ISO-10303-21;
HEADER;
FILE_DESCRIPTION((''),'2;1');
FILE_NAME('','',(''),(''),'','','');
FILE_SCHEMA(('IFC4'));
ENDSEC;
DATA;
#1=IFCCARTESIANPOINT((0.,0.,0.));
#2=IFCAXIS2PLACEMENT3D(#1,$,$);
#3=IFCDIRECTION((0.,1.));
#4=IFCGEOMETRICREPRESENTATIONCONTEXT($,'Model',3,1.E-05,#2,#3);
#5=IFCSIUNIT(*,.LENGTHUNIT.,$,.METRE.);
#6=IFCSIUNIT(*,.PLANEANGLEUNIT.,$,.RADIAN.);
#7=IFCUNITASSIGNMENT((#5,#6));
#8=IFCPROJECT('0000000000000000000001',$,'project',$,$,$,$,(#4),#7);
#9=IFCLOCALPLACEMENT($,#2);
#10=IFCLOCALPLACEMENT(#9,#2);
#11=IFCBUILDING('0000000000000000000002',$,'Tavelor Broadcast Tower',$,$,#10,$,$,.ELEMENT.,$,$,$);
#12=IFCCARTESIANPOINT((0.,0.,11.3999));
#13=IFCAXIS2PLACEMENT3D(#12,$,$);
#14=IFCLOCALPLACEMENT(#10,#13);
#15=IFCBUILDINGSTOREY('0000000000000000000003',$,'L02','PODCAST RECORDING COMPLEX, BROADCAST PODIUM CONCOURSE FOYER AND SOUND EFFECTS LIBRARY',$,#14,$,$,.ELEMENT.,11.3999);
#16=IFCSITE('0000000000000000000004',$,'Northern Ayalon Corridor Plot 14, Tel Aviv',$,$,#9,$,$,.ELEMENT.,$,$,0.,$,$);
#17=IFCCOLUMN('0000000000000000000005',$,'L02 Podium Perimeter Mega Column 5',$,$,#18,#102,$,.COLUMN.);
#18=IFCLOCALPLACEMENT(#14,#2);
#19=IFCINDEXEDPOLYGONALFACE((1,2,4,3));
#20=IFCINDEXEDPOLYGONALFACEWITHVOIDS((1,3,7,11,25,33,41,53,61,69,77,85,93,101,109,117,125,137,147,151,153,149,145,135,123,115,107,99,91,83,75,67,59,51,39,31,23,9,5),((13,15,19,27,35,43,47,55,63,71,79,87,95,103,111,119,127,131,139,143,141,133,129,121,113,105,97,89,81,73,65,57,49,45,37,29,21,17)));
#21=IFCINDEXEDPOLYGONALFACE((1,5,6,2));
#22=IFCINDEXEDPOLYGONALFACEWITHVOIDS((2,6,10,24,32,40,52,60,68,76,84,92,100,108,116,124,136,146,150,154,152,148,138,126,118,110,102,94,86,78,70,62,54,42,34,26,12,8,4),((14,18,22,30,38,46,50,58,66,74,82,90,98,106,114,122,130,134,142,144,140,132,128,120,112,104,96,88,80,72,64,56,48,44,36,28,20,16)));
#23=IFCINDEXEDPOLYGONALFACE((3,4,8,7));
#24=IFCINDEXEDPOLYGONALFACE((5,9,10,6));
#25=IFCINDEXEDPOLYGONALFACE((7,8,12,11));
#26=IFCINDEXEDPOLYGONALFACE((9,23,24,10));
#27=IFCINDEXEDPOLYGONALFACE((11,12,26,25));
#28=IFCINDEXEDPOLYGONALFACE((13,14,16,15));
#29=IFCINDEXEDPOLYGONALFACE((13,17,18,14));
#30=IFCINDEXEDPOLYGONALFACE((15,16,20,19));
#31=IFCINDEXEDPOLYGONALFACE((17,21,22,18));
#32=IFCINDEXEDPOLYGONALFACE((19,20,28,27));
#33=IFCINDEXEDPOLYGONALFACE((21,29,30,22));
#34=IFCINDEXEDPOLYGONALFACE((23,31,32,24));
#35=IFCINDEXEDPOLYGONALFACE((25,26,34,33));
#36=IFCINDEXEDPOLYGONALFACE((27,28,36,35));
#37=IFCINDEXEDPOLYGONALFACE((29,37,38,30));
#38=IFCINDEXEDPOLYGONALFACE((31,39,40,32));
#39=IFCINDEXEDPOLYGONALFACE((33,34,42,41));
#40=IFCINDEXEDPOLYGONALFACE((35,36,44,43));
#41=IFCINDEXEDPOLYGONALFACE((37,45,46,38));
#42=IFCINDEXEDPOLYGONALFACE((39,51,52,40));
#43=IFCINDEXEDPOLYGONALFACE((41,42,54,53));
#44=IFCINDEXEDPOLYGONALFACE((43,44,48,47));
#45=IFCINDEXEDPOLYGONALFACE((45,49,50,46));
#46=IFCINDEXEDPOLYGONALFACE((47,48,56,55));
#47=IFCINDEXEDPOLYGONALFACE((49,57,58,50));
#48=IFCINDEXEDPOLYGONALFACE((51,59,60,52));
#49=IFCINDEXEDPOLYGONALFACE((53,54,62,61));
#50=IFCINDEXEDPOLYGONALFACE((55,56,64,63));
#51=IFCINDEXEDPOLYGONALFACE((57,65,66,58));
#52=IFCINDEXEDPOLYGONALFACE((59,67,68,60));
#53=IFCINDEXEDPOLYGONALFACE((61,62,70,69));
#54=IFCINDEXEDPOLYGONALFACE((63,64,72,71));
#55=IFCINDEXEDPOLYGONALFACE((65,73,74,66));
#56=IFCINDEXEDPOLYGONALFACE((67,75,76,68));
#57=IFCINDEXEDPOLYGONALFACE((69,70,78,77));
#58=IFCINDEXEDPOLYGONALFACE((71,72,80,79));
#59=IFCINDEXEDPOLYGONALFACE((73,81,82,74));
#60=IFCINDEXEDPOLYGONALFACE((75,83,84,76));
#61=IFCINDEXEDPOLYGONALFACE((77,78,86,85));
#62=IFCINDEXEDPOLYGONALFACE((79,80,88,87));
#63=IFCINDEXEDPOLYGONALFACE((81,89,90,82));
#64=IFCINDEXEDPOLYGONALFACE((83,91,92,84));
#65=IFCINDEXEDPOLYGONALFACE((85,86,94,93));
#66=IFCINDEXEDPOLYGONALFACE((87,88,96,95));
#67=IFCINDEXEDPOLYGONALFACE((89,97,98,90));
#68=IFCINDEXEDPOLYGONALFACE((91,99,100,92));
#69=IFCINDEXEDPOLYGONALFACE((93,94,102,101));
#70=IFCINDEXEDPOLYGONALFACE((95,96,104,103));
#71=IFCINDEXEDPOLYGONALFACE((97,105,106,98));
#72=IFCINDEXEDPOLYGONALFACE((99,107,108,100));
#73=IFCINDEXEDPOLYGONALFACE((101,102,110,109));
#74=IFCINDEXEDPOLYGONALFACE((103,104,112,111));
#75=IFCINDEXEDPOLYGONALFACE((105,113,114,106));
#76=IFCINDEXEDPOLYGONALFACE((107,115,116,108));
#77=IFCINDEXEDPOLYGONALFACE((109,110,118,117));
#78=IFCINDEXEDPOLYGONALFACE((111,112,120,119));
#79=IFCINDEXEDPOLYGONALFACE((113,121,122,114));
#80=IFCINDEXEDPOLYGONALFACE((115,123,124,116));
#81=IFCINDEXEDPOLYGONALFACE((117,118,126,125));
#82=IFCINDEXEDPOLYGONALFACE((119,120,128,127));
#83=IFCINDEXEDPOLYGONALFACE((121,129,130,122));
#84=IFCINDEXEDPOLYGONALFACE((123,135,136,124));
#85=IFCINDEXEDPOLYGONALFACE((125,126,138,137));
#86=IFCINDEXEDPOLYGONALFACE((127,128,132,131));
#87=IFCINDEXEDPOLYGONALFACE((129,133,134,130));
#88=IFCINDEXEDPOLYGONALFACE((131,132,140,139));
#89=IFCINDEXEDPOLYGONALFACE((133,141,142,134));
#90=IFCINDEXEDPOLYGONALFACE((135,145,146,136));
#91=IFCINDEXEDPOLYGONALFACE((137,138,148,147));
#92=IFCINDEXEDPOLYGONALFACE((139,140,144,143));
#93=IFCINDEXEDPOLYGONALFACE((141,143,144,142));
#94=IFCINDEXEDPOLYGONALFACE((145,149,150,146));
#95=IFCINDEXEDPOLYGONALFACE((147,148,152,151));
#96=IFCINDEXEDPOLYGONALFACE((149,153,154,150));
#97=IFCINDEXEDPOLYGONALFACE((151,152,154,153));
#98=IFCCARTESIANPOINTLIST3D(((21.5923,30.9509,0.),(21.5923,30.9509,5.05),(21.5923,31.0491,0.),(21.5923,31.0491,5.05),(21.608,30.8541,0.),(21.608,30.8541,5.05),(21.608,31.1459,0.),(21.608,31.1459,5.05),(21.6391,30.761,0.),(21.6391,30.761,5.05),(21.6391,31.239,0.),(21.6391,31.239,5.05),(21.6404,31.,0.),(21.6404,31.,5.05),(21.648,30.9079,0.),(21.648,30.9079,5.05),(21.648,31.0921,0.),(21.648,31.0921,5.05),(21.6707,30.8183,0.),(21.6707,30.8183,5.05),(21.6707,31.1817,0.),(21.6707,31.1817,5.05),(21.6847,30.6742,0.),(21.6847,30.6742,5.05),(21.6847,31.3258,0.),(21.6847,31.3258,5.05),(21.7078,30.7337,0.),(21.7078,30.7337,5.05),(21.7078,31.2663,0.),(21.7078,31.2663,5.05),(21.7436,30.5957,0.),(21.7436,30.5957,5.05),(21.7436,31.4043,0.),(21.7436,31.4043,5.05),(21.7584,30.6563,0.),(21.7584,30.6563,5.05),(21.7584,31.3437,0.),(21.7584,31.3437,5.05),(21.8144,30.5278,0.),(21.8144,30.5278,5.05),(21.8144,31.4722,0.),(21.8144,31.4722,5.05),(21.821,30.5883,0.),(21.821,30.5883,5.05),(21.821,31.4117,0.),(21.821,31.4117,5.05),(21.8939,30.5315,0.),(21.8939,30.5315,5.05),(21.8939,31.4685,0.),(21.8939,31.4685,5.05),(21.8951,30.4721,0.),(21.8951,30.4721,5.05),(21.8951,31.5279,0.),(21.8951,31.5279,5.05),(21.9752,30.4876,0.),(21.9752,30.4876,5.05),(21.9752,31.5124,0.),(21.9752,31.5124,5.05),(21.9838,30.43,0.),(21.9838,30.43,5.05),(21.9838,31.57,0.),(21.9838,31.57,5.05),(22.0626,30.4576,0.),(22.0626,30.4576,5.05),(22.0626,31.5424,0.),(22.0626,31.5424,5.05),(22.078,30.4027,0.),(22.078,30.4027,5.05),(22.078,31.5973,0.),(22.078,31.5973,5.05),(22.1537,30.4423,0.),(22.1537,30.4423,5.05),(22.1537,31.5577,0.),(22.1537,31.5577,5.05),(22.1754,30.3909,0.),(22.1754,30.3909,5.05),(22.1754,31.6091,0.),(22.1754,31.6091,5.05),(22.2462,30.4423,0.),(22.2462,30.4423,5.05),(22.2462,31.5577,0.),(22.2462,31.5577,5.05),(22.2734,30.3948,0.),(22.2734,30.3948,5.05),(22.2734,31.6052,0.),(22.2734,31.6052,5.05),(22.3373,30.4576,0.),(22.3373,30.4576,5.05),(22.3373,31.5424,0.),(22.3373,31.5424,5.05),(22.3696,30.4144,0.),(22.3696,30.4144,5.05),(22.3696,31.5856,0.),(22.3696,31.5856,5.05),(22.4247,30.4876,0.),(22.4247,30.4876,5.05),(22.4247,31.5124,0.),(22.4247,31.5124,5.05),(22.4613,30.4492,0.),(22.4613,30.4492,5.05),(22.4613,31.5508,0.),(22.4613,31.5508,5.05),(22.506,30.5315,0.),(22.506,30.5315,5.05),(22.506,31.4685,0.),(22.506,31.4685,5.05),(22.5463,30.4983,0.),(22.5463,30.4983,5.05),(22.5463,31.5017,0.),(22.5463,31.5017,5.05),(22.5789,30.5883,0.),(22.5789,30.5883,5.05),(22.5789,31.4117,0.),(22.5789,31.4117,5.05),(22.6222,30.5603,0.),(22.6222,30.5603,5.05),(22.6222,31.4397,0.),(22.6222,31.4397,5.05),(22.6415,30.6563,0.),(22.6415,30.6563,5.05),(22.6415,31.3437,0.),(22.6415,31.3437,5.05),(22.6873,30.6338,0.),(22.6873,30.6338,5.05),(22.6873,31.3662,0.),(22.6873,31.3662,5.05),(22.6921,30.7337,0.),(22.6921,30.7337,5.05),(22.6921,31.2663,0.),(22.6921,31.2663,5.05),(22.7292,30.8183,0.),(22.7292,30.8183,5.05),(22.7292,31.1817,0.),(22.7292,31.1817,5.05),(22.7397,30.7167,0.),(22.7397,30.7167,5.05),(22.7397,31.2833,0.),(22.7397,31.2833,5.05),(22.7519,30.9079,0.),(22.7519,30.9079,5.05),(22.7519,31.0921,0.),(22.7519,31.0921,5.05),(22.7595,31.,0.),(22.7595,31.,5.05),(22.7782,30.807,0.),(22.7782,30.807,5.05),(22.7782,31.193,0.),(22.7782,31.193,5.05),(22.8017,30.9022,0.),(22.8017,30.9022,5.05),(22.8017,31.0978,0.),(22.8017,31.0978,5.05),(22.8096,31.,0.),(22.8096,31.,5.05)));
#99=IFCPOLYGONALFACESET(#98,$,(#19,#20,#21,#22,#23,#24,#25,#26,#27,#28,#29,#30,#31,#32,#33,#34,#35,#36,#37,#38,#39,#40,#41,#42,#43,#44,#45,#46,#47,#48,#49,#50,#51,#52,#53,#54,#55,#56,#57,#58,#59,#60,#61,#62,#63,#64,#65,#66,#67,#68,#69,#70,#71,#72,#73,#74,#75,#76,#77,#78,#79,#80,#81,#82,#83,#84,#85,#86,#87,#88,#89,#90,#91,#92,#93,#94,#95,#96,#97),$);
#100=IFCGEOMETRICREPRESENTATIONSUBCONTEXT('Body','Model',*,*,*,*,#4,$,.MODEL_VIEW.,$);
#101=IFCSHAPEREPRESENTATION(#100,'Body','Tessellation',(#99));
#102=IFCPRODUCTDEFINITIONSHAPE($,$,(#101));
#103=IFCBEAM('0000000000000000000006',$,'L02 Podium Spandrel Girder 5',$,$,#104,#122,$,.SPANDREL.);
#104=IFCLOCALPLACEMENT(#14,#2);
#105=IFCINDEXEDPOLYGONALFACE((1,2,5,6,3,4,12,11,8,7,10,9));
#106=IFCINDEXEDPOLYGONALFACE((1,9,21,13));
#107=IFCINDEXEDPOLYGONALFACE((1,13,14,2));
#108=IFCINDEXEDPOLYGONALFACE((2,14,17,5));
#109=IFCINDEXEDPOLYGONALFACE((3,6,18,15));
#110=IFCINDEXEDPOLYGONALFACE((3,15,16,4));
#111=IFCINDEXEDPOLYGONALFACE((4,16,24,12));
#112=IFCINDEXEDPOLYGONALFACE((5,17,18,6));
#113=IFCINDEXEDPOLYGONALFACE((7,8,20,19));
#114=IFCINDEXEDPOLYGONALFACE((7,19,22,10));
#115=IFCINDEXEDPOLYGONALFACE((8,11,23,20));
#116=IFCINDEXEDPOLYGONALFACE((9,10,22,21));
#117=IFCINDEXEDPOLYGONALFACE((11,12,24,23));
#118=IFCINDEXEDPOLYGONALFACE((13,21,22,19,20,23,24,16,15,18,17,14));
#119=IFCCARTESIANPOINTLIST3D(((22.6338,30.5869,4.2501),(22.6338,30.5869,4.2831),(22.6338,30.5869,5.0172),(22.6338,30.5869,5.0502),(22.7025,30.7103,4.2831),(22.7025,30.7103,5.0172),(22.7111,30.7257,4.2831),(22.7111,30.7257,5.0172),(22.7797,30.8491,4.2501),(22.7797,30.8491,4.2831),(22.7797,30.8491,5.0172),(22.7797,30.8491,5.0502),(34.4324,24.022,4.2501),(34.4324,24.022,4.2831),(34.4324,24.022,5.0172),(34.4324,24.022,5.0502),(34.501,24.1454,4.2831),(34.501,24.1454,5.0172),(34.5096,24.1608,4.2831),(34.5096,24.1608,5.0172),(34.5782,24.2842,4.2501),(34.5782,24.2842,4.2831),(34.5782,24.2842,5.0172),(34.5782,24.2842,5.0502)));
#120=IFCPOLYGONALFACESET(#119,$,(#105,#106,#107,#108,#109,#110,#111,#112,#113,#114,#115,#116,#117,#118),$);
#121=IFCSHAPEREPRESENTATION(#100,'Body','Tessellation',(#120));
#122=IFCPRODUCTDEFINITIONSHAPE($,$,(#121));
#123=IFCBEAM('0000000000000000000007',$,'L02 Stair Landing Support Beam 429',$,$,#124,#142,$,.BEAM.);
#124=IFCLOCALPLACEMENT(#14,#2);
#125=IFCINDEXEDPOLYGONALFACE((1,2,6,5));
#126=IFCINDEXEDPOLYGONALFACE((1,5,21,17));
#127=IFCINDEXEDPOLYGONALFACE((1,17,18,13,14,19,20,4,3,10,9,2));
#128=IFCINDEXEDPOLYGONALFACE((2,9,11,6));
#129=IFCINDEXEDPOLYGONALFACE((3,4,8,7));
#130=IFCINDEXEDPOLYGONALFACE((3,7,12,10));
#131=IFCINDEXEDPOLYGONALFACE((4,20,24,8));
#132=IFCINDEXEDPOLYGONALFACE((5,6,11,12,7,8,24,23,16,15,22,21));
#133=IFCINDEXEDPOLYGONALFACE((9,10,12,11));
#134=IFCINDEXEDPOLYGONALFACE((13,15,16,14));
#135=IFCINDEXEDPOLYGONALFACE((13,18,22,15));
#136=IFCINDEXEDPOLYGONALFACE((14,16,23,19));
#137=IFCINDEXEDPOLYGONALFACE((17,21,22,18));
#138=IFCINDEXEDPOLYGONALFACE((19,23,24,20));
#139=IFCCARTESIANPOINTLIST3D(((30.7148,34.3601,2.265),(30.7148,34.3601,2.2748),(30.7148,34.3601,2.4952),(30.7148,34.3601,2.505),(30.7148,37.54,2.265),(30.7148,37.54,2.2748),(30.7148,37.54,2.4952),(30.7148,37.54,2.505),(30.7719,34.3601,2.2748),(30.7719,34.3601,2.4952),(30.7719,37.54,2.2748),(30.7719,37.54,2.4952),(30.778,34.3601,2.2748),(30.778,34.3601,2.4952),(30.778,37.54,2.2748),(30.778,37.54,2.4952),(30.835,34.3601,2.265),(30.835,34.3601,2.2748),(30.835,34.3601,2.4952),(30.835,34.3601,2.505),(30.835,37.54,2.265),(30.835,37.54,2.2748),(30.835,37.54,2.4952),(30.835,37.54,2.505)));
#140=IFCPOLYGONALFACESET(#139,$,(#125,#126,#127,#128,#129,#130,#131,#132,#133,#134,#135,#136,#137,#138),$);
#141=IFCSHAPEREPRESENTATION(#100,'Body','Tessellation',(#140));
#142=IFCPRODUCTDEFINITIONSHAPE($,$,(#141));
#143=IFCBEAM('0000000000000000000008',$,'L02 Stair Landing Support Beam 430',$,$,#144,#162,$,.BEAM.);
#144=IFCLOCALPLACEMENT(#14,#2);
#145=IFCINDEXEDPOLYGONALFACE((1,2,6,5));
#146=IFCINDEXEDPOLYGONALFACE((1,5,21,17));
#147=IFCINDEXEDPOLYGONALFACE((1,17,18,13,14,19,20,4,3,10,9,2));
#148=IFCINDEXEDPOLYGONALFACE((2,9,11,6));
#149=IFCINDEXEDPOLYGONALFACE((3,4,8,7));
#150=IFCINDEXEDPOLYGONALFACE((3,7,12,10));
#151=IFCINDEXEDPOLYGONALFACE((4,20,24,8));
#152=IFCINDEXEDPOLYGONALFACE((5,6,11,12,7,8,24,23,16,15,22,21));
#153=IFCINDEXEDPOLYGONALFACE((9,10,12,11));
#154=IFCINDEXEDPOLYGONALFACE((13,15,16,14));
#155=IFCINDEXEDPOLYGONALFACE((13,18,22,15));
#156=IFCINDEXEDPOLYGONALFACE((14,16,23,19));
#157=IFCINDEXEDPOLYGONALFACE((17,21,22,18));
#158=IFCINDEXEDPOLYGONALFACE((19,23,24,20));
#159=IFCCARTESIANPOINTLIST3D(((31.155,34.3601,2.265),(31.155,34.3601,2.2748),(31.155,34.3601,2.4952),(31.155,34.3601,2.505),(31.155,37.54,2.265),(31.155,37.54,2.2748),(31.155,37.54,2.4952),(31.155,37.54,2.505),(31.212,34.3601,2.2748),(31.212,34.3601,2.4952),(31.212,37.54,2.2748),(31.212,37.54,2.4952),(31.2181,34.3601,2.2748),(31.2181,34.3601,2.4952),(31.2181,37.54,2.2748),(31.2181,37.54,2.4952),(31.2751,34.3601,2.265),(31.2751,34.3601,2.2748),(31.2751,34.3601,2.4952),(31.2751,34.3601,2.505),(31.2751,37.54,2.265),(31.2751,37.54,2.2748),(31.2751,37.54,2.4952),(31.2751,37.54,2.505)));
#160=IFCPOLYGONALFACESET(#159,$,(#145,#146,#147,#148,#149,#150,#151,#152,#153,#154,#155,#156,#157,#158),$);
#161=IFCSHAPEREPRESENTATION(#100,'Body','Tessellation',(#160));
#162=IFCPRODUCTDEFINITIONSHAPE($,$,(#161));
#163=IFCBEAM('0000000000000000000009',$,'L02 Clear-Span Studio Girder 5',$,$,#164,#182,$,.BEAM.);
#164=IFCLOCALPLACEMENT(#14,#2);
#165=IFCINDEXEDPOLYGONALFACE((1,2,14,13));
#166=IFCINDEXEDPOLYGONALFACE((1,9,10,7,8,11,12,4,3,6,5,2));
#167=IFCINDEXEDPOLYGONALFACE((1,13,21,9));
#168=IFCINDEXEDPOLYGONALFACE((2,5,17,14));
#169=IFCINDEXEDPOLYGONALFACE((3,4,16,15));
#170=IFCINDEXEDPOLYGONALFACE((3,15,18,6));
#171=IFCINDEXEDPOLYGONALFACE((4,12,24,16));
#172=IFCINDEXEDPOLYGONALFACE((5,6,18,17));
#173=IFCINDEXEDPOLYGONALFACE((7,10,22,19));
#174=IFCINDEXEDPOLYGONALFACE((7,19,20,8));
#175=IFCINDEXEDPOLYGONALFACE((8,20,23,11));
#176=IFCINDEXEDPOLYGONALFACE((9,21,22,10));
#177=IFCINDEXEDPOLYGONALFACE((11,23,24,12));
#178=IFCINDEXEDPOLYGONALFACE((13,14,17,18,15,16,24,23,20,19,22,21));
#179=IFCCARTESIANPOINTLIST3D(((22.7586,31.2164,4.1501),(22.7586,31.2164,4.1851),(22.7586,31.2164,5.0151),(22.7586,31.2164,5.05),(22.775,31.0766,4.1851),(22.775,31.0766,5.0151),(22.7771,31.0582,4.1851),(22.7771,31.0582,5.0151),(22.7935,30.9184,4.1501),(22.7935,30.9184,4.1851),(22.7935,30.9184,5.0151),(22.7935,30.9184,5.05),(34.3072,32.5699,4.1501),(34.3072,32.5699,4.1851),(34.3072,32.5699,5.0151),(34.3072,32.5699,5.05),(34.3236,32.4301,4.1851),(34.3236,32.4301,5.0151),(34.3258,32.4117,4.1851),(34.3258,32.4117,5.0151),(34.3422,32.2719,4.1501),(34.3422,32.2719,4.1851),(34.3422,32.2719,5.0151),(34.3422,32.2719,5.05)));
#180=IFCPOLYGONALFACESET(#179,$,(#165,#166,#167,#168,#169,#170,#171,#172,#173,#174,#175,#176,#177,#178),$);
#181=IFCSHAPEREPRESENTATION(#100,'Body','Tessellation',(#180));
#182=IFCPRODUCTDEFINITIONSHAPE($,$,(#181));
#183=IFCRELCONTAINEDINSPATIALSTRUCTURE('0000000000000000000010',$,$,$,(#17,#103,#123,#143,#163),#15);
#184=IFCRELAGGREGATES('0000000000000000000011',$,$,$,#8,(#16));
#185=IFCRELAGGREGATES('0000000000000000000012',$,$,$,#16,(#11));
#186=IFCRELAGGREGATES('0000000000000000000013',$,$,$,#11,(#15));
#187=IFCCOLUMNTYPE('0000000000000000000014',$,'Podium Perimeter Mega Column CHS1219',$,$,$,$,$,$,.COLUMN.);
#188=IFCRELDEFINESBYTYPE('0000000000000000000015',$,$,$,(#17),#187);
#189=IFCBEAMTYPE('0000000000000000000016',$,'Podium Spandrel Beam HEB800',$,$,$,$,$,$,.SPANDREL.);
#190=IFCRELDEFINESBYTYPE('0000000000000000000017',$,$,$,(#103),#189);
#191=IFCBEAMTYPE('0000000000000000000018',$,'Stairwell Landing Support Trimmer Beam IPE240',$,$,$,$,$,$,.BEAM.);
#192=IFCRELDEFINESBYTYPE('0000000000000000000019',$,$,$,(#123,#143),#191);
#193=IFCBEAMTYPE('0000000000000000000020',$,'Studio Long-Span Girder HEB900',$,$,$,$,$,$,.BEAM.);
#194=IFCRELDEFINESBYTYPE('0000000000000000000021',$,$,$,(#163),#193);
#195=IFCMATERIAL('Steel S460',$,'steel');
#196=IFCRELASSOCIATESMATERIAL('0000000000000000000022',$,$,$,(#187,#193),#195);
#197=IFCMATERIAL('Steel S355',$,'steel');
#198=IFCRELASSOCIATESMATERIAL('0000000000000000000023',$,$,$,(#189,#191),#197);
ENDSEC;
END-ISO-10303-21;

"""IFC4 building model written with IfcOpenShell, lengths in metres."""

from ifc_helpers import new_model, si_unit, direction, frame, origin, origin_2d, place, context, subcontext, project, spatial, hollow_circle, i_section, extrude, material, material_profile, profile_set, type_object, element, save


model = new_model("IFC4")

# Units and contexts
model_context = context("Model", 3, precision=1e-05, world=origin(), true_north=direction((0.0, 1.0)))
body_context = subcontext(model_context, "Body", "Model", "MODEL_VIEW")
ifc_project = project(units=[si_unit("LENGTHUNIT", "METRE"), si_unit("PLANEANGLEUNIT", "RADIAN")], contexts=[model_context])

# Site, building, storey
site_placement = place(None, origin())
site = spatial("IfcSite", under=ifc_project, at=site_placement, Name="Northern Ayalon Corridor Plot 14, Tel Aviv", CompositionType="ELEMENT", RefElevation=0.0)
building_placement = place(site_placement, origin())
building = spatial("IfcBuilding", under=site, at=building_placement, Name="Tavelor Broadcast Tower", CompositionType="ELEMENT")
storey_placement = place(building_placement, frame((0.0, 0.0, 11.3999)))
storey = spatial("IfcBuildingStorey", under=building, at=storey_placement, Name="L02", Description="PODCAST RECORDING COMPLEX, BROADCAST PODIUM CONCOURSE FOYER AND SOUND EFFECTS LIBRARY", CompositionType="ELEMENT", Elevation=11.3999)

# Column
ifc_material_1 = material(Name="Steel S460", Category="steel")
ifc_material_profile_1 = material_profile(ifc_material_1, hollow_circle(Radius=0.6096, WallThickness=0.05, at=origin_2d()), Name="CHS 1219x50")
ifc_profile_set_1 = profile_set([ifc_material_profile_1], Name="Steel S460")
column_type = type_object("IfcColumnType", Name="Podium Perimeter Mega Column CHS1219", PredefinedType="COLUMN", material=ifc_profile_set_1)
column_placement = place(storey_placement, frame((22.2, 31.0, 0.0), z_axis=(0.0, 0.0, 1.0), x_axis=(1.0, 0.0, 0.0)))
element("IfcColumn", 1, at=column_placement, inside=storey, type_object=column_type, Name="L02 Podium Perimeter Mega Column 5", PredefinedType="COLUMN", context=body_context, shape_type="SweptSolid", body=[
    extrude(hollow_circle(Radius=0.6096, WallThickness=0.05, at=origin_2d()), origin(), (0.0, 0.0, 1.0), 5.05),
])

# Beams
ifc_material_2 = material(Name="Steel S355", Category="steel")
ifc_material_profile_2 = material_profile(ifc_material_2, i_section(OverallWidth=0.3, OverallDepth=0.8, WebThickness=0.0176, FlangeThickness=0.033, at=origin_2d()), Name="HEB 800")
ifc_profile_set_2 = profile_set([ifc_material_profile_2], Name="Steel S355")
beam_type_1 = type_object("IfcBeamType", Name="Podium Spandrel Beam HEB800", PredefinedType="SPANDREL", material=ifc_profile_set_2)
beam_1_placement = place(storey_placement, frame((22.7068, 30.718, 4.6501), z_axis=(0.873837, -0.486219, 0.0), x_axis=(0.486219, 0.873837, 0.0)))
element("IfcBeam", 2, at=beam_1_placement, inside=storey, type_object=beam_type_1, Name="L02 Podium Spandrel Girder 5", PredefinedType="SPANDREL", context=body_context, shape_type="SweptSolid", body=[
    extrude(i_section(OverallWidth=0.3, OverallDepth=0.8, WebThickness=0.0176, FlangeThickness=0.033, at=origin_2d()), origin(), (0.0, 0.0, 1.0), 13.502),
])
ifc_material_profile_3 = material_profile(ifc_material_2, i_section(OverallWidth=0.1201, OverallDepth=0.24, WebThickness=0.0061, FlangeThickness=0.0098, at=origin_2d()), Name="IPE 240")
ifc_profile_set_3 = profile_set([ifc_material_profile_3], Name="Steel S355")
beam_type_2 = type_object("IfcBeamType", Name="Stairwell Landing Support Trimmer Beam IPE240", PredefinedType="BEAM", material=ifc_profile_set_3)
for number, where, z_axis, x_axis, name in (
    (3, (30.7749, 34.3601, 2.385), (0.0, 1.0, 0.0), (-1.0, 0.0, 0.0), "L02 Stair Landing Support Beam 429"),
    (4, (31.2151, 34.3601, 2.385), (0.0, 1.0, 0.0), (-1.0, 0.0, 0.0), "L02 Stair Landing Support Beam 430"),
):
    element("IfcBeam", number, at=place(storey_placement, frame(where, z_axis=z_axis, x_axis=x_axis)), inside=storey, type_object=beam_type_2, Name=name, PredefinedType="BEAM", context=body_context, shape_type="SweptSolid", body=[
        extrude(i_section(OverallWidth=0.1201, OverallDepth=0.24, WebThickness=0.0061, FlangeThickness=0.0098, at=origin_2d()), origin(), (0.0, 0.0, 1.0), 3.1799),
    ])
ifc_material_profile_4 = material_profile(ifc_material_1, i_section(OverallWidth=0.3, OverallDepth=0.8999, WebThickness=0.0186, FlangeThickness=0.0349, at=origin_2d()), Name="HEB 900")
ifc_profile_set_4 = profile_set([ifc_material_profile_4], Name="Steel S460")
beam_type_3 = type_object("IfcBeamType", Name="Studio Long-Span Girder HEB900", PredefinedType="BEAM", material=ifc_profile_set_4)
beam_2_placement = place(storey_placement, frame((34.3247, 32.4209, 4.6001), z_axis=(-0.993202, -0.116405, 0.0), x_axis=(0.116405, -0.993202, 0.0)))
element("IfcBeam", 5, at=beam_2_placement, inside=storey, type_object=beam_type_3, Name="L02 Clear-Span Studio Girder 5", PredefinedType="BEAM", context=body_context, shape_type="SweptSolid", body=[
    extrude(i_section(OverallWidth=0.3, OverallDepth=0.8999, WebThickness=0.0186, FlangeThickness=0.0349, at=origin_2d()), origin(), (0.0, 0.0, 1.0), 11.6277),
])

save(model, "model.ifc")
